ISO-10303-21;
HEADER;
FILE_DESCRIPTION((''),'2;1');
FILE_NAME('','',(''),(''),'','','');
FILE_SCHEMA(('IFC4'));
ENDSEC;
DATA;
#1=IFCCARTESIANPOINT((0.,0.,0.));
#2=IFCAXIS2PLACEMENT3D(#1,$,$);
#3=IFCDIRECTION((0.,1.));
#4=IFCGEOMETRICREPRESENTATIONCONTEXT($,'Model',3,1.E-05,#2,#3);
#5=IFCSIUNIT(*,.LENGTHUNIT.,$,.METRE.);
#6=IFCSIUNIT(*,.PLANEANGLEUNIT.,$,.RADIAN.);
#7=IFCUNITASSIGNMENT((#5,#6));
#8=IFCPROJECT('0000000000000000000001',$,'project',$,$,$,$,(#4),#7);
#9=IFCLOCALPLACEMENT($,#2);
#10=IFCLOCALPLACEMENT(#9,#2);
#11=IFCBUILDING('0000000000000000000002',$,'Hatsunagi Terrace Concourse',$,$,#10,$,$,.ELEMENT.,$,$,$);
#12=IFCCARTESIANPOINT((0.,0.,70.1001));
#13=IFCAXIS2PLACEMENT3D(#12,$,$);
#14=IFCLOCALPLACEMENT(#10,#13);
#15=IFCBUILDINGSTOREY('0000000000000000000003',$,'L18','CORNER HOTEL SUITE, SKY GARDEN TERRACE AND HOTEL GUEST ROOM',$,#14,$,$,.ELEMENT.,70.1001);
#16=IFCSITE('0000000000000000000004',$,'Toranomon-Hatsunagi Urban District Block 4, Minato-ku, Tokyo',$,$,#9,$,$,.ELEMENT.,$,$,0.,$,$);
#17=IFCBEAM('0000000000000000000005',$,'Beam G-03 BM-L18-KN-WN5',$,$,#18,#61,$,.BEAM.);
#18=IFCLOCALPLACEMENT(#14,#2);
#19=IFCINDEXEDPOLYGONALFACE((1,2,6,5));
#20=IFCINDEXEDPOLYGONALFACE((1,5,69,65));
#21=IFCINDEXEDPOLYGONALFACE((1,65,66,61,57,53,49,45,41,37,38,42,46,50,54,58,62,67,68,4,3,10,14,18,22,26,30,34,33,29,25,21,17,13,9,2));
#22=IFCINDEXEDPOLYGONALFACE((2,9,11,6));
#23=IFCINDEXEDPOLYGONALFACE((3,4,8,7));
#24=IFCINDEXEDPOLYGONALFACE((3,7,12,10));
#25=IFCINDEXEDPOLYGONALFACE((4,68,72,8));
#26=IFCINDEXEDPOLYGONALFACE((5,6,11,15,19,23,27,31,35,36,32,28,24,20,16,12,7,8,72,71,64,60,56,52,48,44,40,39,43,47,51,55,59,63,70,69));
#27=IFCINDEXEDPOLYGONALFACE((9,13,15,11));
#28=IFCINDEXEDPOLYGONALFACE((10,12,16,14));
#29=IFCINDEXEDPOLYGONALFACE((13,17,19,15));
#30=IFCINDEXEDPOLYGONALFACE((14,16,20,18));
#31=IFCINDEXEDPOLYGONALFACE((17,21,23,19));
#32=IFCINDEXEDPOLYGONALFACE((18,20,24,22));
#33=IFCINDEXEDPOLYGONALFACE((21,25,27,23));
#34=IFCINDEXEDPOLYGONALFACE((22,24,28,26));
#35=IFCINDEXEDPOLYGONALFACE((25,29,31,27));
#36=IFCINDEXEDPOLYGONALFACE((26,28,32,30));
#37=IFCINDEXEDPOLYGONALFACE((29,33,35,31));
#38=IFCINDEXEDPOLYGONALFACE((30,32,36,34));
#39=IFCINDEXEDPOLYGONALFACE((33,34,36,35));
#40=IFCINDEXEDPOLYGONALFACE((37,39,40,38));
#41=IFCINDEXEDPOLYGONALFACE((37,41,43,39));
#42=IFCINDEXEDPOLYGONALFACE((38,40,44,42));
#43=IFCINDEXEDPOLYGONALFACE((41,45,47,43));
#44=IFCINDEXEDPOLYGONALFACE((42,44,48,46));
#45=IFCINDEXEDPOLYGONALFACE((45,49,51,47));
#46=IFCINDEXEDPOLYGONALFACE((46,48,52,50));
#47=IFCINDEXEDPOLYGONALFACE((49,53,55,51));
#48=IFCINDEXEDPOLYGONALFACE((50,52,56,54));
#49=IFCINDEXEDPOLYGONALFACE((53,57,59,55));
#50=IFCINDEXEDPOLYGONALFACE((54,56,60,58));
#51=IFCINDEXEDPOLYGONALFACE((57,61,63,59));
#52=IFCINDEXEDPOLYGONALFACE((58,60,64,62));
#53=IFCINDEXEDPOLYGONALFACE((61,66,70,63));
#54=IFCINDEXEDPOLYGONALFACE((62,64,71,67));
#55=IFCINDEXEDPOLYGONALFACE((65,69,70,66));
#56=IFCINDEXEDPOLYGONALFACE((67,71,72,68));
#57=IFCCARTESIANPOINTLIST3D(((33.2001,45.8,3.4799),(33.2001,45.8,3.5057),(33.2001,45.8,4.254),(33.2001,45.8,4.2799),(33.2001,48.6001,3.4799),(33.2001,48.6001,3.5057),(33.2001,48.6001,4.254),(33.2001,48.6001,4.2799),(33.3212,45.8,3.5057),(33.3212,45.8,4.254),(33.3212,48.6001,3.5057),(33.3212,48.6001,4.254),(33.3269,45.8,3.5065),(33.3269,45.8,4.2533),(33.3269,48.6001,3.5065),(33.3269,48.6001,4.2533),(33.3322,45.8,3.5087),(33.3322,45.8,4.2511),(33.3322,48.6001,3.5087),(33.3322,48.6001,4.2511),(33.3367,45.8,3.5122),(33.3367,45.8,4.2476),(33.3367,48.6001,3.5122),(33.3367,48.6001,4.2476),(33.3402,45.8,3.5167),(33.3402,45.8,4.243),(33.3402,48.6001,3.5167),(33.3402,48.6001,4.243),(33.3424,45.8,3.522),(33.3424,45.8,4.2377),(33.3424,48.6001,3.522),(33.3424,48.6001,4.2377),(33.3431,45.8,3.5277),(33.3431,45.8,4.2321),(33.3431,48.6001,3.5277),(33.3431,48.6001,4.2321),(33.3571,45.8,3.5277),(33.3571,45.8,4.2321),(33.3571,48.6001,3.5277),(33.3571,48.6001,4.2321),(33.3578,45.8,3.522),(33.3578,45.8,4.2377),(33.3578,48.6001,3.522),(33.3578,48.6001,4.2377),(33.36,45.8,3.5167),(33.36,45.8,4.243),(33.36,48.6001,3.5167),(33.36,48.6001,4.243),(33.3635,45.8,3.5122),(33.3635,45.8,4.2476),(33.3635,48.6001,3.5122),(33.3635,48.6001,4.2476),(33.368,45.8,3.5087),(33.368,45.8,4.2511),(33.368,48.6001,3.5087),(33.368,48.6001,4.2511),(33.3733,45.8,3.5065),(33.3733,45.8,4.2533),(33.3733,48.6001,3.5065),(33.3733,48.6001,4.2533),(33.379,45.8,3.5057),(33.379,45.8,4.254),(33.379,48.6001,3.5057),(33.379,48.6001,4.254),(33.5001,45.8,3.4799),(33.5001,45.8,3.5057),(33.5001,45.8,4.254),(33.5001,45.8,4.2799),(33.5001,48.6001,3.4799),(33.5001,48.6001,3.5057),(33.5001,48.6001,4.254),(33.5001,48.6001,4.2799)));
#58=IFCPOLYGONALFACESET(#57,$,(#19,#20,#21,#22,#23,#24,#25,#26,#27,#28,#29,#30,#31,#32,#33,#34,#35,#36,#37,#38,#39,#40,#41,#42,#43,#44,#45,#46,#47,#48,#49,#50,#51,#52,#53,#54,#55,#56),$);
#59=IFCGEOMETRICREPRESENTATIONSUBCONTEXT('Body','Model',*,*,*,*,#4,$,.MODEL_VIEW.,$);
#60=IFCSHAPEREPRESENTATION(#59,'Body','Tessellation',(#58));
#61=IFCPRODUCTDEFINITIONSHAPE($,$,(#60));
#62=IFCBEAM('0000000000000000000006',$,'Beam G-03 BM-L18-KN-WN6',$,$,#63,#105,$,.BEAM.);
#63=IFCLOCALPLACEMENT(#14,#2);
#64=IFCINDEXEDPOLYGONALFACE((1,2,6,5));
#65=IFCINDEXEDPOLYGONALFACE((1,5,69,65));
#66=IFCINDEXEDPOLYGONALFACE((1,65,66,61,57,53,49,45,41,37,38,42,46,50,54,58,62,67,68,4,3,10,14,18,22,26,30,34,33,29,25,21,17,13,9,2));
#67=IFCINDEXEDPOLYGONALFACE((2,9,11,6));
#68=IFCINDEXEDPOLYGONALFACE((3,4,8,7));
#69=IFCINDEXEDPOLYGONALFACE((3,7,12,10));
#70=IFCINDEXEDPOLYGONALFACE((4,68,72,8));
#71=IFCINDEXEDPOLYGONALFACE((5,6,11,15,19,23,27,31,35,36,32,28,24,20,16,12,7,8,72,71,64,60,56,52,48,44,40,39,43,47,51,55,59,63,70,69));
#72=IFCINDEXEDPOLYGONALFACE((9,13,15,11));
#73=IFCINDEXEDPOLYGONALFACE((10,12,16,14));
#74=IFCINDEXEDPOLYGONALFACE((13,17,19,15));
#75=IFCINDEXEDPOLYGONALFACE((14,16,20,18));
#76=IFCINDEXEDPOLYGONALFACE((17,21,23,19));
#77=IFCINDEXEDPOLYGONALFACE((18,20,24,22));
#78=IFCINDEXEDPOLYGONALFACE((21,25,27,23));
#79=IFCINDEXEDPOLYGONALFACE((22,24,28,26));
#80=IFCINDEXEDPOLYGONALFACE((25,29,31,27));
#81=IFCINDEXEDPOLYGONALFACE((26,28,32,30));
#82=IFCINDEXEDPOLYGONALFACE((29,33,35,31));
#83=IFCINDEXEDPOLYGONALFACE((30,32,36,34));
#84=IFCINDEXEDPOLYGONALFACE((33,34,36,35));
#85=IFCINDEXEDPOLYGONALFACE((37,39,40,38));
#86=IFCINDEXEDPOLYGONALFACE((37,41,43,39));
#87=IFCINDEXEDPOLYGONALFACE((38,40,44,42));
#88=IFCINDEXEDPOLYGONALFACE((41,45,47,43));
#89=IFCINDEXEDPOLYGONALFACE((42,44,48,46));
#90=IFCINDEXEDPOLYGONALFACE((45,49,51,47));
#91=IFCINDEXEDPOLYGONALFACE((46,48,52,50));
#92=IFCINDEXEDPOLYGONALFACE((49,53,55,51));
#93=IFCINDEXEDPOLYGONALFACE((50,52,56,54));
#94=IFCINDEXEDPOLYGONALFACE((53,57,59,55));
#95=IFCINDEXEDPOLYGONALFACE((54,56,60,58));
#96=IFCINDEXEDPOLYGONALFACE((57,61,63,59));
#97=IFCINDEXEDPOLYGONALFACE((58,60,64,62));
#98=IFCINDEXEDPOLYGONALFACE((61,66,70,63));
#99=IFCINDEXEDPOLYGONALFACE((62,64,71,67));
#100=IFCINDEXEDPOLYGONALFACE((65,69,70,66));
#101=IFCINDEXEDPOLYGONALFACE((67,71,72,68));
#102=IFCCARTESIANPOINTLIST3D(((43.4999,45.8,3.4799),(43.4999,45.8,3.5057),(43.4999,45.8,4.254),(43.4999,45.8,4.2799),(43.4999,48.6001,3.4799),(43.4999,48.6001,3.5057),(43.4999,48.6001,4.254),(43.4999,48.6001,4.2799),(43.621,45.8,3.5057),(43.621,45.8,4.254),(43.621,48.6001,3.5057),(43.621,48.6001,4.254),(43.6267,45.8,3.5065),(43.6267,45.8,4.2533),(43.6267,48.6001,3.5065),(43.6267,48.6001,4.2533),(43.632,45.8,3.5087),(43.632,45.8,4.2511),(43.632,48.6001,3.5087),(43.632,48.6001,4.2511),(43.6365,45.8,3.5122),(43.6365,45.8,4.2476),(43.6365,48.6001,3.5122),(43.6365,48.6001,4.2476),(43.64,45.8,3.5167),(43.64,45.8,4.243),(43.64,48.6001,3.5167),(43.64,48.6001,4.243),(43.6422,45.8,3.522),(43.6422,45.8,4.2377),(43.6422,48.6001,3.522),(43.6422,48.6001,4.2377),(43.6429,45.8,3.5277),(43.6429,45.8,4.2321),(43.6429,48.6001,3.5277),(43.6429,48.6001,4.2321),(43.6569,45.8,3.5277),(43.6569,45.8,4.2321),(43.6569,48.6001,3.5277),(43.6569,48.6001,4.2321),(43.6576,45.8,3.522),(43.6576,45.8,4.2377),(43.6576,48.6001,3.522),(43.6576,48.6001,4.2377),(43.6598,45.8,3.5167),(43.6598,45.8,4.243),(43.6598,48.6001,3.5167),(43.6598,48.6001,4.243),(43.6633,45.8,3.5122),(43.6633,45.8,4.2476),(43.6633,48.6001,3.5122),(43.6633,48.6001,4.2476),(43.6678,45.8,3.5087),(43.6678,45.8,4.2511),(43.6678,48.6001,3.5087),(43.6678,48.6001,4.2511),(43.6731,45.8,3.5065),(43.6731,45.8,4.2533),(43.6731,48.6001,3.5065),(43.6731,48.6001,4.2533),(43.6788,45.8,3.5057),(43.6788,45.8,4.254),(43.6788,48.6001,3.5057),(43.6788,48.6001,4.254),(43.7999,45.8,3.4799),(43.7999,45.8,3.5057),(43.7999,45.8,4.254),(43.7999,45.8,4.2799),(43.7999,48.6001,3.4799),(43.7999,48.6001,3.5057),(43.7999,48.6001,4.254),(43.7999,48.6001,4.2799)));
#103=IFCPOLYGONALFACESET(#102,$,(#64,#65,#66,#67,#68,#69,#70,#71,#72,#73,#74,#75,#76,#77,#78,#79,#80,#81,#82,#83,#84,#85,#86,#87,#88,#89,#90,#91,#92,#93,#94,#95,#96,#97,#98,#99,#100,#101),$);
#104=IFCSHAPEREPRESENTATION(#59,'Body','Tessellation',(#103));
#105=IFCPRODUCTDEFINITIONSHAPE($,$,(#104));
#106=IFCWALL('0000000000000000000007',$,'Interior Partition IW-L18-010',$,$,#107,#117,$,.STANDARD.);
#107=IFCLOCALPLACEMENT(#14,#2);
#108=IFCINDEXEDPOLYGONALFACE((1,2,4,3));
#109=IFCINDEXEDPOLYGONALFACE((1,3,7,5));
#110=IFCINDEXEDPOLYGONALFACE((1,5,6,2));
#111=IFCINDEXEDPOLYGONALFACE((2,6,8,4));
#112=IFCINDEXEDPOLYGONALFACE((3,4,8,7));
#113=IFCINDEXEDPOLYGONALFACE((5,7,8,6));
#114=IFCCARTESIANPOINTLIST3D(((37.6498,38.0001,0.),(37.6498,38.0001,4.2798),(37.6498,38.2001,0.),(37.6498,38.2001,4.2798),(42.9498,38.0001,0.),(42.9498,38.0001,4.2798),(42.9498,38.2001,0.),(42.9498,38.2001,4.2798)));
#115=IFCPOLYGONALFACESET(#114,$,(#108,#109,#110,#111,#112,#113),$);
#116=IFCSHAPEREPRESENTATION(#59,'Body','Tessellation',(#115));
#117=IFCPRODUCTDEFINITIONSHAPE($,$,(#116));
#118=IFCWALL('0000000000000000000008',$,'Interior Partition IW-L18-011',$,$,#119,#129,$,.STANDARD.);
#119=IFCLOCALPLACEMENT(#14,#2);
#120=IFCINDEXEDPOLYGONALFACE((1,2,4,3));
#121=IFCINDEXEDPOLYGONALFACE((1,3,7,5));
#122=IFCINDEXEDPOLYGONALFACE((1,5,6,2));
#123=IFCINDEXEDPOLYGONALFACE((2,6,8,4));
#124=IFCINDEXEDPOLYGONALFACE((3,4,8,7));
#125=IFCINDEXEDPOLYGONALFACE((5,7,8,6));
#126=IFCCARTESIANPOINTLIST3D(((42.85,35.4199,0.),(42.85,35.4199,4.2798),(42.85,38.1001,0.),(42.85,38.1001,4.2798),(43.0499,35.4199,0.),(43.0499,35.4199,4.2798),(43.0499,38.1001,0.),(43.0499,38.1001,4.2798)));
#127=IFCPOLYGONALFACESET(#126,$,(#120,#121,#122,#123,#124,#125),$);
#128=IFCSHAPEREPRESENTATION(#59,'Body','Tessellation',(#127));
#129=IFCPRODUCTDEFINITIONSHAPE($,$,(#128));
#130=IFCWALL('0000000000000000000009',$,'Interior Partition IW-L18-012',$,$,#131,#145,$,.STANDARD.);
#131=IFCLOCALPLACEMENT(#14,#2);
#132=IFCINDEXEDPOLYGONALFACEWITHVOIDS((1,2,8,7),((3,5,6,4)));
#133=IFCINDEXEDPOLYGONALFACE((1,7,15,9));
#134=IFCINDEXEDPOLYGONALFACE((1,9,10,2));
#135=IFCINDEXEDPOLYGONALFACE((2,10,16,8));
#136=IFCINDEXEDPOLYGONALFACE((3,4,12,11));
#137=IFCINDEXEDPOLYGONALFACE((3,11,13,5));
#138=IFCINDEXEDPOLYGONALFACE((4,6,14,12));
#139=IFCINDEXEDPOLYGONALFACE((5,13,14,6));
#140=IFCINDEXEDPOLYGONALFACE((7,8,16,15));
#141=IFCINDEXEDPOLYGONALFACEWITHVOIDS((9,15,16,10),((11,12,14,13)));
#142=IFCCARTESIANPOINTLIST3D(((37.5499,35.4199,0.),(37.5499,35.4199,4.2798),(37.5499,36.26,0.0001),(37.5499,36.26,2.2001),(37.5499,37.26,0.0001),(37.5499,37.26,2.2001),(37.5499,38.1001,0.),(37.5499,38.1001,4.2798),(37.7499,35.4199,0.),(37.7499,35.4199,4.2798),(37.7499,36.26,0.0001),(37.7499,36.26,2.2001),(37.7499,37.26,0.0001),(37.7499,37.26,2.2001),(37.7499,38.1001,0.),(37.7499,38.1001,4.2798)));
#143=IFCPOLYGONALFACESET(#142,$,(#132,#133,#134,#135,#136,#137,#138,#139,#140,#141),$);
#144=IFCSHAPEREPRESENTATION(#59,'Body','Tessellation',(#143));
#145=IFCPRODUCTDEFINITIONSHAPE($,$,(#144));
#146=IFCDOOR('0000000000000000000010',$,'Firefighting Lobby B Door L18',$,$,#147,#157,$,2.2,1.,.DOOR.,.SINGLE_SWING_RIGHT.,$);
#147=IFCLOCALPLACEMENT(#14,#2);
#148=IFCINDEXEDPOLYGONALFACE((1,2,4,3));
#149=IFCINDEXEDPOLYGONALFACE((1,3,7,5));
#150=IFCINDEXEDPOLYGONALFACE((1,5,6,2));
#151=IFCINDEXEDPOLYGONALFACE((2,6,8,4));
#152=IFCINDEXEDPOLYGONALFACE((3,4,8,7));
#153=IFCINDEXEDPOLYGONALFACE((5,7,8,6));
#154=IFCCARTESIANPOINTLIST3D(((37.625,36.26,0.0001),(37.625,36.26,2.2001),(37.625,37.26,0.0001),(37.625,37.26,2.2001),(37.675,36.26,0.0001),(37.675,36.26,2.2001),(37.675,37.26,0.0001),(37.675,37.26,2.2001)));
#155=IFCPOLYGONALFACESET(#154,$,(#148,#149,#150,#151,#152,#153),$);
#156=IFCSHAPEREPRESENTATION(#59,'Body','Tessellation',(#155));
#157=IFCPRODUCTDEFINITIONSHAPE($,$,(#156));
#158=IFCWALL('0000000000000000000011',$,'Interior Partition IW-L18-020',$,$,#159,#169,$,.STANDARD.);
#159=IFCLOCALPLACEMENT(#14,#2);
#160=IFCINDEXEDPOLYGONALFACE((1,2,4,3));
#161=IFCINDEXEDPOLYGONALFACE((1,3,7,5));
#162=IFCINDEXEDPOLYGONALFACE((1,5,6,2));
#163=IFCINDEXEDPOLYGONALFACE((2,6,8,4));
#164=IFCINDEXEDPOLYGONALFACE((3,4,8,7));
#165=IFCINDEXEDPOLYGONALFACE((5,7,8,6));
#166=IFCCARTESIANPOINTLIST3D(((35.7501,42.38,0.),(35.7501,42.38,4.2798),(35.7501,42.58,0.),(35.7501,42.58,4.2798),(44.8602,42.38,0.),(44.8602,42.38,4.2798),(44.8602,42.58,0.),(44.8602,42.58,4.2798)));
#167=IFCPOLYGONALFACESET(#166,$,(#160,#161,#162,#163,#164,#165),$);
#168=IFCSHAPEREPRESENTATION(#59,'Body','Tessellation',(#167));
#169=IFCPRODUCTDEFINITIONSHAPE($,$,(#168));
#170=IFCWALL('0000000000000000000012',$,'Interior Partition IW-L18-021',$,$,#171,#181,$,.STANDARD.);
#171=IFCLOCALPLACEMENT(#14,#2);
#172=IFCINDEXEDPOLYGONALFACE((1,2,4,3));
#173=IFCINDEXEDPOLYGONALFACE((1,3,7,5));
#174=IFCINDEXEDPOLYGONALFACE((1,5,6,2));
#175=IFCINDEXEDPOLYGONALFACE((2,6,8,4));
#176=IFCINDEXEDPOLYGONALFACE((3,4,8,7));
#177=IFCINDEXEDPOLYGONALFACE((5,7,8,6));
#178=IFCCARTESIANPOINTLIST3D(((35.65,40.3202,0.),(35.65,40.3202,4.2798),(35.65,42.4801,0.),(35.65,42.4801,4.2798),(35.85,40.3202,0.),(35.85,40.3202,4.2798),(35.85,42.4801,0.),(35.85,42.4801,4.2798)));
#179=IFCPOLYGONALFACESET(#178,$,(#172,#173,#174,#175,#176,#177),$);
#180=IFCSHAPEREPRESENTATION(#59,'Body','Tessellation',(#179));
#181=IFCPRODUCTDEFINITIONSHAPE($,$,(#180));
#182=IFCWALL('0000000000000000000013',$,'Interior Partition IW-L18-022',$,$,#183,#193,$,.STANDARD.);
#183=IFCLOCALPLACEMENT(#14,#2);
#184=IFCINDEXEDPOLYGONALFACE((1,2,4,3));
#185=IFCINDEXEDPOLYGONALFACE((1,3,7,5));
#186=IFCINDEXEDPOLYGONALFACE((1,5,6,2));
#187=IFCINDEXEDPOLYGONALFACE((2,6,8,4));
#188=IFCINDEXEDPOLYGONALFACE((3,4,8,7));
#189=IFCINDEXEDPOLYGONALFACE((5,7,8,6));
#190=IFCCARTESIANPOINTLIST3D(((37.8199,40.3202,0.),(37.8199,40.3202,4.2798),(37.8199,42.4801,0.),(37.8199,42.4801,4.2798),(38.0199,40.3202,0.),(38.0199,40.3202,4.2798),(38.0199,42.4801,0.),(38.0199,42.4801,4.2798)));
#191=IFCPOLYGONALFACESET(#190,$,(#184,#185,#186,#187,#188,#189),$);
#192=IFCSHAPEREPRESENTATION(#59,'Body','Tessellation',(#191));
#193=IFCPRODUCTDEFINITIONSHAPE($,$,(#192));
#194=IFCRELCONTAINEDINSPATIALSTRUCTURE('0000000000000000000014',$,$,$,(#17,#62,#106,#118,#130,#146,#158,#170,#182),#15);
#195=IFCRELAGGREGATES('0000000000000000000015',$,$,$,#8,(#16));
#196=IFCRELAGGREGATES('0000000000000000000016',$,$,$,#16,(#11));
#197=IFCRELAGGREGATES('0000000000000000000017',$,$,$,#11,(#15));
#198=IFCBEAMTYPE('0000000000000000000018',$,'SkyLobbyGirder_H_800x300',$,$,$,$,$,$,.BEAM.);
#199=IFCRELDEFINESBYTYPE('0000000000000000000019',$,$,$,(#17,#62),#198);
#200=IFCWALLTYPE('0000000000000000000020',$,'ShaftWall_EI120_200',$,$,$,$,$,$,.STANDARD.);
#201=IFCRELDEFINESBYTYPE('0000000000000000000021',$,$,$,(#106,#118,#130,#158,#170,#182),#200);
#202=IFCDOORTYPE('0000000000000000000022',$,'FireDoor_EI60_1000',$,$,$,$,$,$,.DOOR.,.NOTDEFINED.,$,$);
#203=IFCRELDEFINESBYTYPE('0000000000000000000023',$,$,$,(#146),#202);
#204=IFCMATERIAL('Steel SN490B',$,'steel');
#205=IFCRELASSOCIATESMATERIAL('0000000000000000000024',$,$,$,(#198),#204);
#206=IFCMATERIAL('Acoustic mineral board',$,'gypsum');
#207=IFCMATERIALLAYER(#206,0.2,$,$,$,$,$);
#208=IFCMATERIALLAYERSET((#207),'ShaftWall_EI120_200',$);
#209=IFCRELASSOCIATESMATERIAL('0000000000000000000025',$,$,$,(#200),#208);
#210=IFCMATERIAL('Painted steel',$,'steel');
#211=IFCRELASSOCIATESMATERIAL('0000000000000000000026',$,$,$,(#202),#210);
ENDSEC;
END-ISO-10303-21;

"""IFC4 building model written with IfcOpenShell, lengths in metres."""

from ifc_helpers import new_model, si_unit, direction, frame, frame_2d, origin, origin_2d, place, context, subcontext, project, spatial, rectangle, i_section, extrude, material, layer, layer_set, material_profile, profile_set, type_object, element, fill, save


model = new_model("IFC4")

# Units and contexts
model_context = context("Model", 3, precision=1e-05, world=origin(), true_north=direction((0.0, 1.0)))
body_context = subcontext(model_context, "Body", "Model", "MODEL_VIEW")
ifc_project = project(units=[si_unit("LENGTHUNIT", "METRE"), si_unit("PLANEANGLEUNIT", "RADIAN")], contexts=[model_context])

# Site, building, storey
site_placement = place(None, origin())
site = spatial("IfcSite", under=ifc_project, at=site_placement, Name="Toranomon-Hatsunagi Urban District Block 4, Minato-ku, Tokyo", CompositionType="ELEMENT", RefElevation=0.0)
building_placement = place(site_placement, origin())
building = spatial("IfcBuilding", under=site, at=building_placement, Name="Hatsunagi Terrace Concourse", CompositionType="ELEMENT")
storey_placement = place(building_placement, frame((0.0, 0.0, 70.1001)))
storey = spatial("IfcBuildingStorey", under=building, at=storey_placement, Name="L18", Description="CORNER HOTEL SUITE, SKY GARDEN TERRACE AND HOTEL GUEST ROOM", CompositionType="ELEMENT", Elevation=70.1001)

# Beams
ifc_material_1 = material(Name="Steel SN490B", Category="steel")
ifc_material_profile_1 = material_profile(ifc_material_1, i_section(OverallWidth=0.3, OverallDepth=0.8, WebThickness=0.0139, FlangeThickness=0.0259, FilletRadius=0.022, at=origin_2d()), Name="H-800x300x14x26")
ifc_profile_set_1 = profile_set([ifc_material_profile_1], Name="Steel SN490B")
beam_type_1 = type_object("IfcBeamType", Name="SkyLobbyGirder_H_800x300", PredefinedType="BEAM", material=ifc_profile_set_1)
for number, where, z_axis, x_axis, name in (
    (1, (33.3501, 45.8, 3.8799), (0.0, 1.0, 0.0), (-1.0, 0.0, 0.0), "Beam G-03 BM-L18-KN-WN5"),
    (2, (43.6499, 45.8, 3.8799), (0.0, 1.0, 0.0), (-1.0, 0.0, 0.0), "Beam G-03 BM-L18-KN-WN6"),
):
    element("IfcBeam", number, at=place(storey_placement, frame(where, z_axis=z_axis, x_axis=x_axis)), inside=storey, type_object=beam_type_1, Name=name, PredefinedType="BEAM", context=body_context, shape_type="SweptSolid", body=[
        extrude(i_section(OverallWidth=0.3, OverallDepth=0.8, WebThickness=0.0139, FlangeThickness=0.0259, FilletRadius=0.022, at=origin_2d()), origin(), (0.0, 0.0, 1.0), 2.8),
    ])

# Walls
ifc_material_2 = material(Name="Acoustic mineral board", Category="gypsum")
ifc_layer_1 = layer(ifc_material_2, 0.2)
ifc_layer_set_1 = layer_set([ifc_layer_1], Name="ShaftWall_EI120_200")
wall_type_1 = type_object("IfcWallType", Name="ShaftWall_EI120_200", PredefinedType="STANDARD", material=ifc_layer_set_1)
wall_1_placement = place(storey_placement, frame((37.6499, 38.1001, 0.0), z_axis=(0.0, 0.0, 1.0), x_axis=(1.0, 0.0, 0.0)))
element("IfcWall", 3, at=wall_1_placement, inside=storey, type_object=wall_type_1, Name="Interior Partition IW-L18-010", PredefinedType="STANDARD", context=body_context, shape_type="SweptSolid", body=[
    extrude(rectangle(XDim=5.3, YDim=0.2, at=frame_2d((2.6499, 0.0))), origin(), (0.0, 0.0, 1.0), 4.2798),
])
wall_2_placement = place(storey_placement, frame((42.95, 35.4199, 0.0), z_axis=(0.0, 0.0, 1.0), x_axis=(0.0, 1.0, 0.0)))
element("IfcWall", 4, at=wall_2_placement, inside=storey, type_object=wall_type_1, Name="Interior Partition IW-L18-011", PredefinedType="STANDARD", context=body_context, shape_type="SweptSolid", body=[
    extrude(rectangle(XDim=2.6802, YDim=0.2, at=frame_2d((1.3401, 0.0))), origin(), (0.0, 0.0, 1.0), 4.2798),
])

# Wall, opening, door
wall_3_placement = place(storey_placement, frame((37.6499, 35.4199, 0.0), z_axis=(0.0, 0.0, 1.0), x_axis=(0.0, 1.0, 0.0)))
wall_3 = element("IfcWall", 5, at=wall_3_placement, inside=storey, type_object=wall_type_1, Name="Interior Partition IW-L18-012", PredefinedType="STANDARD", context=body_context, shape_type="SweptSolid", body=[
    extrude(rectangle(XDim=2.6802, YDim=0.2, at=frame_2d((1.3401, 0.0))), origin(), (0.0, 0.0, 1.0), 4.2798),
])
opening_1_placement = place(wall_3_placement, frame((0.8401, 0.0, 0.0)))
opening_1 = element("IfcOpeningElement", 6, at=opening_1_placement, cuts=wall_3, PredefinedType="OPENING", context=body_context, shape_type="SweptSolid", body=[
    extrude(rectangle(XDim=1.0, YDim=2.2, at=frame_2d((0.5, 1.1001))), frame((0.0, 0.1099, 0.0), z_axis=(0.0, -1.0, 0.0), x_axis=(1.0, 0.0, 0.0)), (0.0, 0.0, 1.0), 0.22),
])
ifc_material_3 = material(Name="Painted steel", Category="steel")
door_type_1 = type_object("IfcDoorType", Name="FireDoor_EI60_1000", OperationType="NOTDEFINED", PredefinedType="DOOR", material=ifc_material_3)
door_1_placement = place(opening_1_placement, origin())
door_1 = element("IfcDoor", 7, at=door_1_placement, inside=storey, type_object=door_type_1, Name="Firefighting Lobby B Door L18", OperationType="SINGLE_SWING_RIGHT", OverallHeight=2.2, OverallWidth=1.0, PredefinedType="DOOR", context=body_context, shape_type="SweptSolid", body=[
    extrude(rectangle(XDim=1.0, YDim=2.2, at=frame_2d((0.5, 1.1001))), frame((0.0, 0.0249, 0.0), z_axis=(0.0, -1.0, 0.0), x_axis=(1.0, 0.0, 0.0)), (0.0, 0.0, 1.0), 0.05),
])
fill(opening_1, door_1)

# Walls
wall_4_placement = place(storey_placement, frame((35.75, 42.48, 0.0), z_axis=(0.0, 0.0, 1.0), x_axis=(1.0, 0.0, 0.0)))
element("IfcWall", 8, at=wall_4_placement, inside=storey, type_object=wall_type_1, Name="Interior Partition IW-L18-020", PredefinedType="STANDARD", context=body_context, shape_type="SweptSolid", body=[
    extrude(rectangle(XDim=9.1101, YDim=0.2, at=frame_2d((4.5552, 0.0))), origin(), (0.0, 0.0, 1.0), 4.2798),
])
for number, where, z_axis, x_axis, name in (
    (9, (35.75, 40.3201, 0.0), (0.0, 0.0, 1.0), (0.0, 1.0, 0.0), "Interior Partition IW-L18-021"),
    (10, (37.9199, 40.3201, 0.0), (0.0, 0.0, 1.0), (0.0, 1.0, 0.0), "Interior Partition IW-L18-022"),
):
    element("IfcWall", number, at=place(storey_placement, frame(where, z_axis=z_axis, x_axis=x_axis)), inside=storey, type_object=wall_type_1, Name=name, PredefinedType="STANDARD", context=body_context, shape_type="SweptSolid", body=[
        extrude(rectangle(XDim=2.1599, YDim=0.2, at=frame_2d((1.0801, 0.0))), origin(), (0.0, 0.0, 1.0), 4.2798),
    ])

save(model, "model.ifc")
